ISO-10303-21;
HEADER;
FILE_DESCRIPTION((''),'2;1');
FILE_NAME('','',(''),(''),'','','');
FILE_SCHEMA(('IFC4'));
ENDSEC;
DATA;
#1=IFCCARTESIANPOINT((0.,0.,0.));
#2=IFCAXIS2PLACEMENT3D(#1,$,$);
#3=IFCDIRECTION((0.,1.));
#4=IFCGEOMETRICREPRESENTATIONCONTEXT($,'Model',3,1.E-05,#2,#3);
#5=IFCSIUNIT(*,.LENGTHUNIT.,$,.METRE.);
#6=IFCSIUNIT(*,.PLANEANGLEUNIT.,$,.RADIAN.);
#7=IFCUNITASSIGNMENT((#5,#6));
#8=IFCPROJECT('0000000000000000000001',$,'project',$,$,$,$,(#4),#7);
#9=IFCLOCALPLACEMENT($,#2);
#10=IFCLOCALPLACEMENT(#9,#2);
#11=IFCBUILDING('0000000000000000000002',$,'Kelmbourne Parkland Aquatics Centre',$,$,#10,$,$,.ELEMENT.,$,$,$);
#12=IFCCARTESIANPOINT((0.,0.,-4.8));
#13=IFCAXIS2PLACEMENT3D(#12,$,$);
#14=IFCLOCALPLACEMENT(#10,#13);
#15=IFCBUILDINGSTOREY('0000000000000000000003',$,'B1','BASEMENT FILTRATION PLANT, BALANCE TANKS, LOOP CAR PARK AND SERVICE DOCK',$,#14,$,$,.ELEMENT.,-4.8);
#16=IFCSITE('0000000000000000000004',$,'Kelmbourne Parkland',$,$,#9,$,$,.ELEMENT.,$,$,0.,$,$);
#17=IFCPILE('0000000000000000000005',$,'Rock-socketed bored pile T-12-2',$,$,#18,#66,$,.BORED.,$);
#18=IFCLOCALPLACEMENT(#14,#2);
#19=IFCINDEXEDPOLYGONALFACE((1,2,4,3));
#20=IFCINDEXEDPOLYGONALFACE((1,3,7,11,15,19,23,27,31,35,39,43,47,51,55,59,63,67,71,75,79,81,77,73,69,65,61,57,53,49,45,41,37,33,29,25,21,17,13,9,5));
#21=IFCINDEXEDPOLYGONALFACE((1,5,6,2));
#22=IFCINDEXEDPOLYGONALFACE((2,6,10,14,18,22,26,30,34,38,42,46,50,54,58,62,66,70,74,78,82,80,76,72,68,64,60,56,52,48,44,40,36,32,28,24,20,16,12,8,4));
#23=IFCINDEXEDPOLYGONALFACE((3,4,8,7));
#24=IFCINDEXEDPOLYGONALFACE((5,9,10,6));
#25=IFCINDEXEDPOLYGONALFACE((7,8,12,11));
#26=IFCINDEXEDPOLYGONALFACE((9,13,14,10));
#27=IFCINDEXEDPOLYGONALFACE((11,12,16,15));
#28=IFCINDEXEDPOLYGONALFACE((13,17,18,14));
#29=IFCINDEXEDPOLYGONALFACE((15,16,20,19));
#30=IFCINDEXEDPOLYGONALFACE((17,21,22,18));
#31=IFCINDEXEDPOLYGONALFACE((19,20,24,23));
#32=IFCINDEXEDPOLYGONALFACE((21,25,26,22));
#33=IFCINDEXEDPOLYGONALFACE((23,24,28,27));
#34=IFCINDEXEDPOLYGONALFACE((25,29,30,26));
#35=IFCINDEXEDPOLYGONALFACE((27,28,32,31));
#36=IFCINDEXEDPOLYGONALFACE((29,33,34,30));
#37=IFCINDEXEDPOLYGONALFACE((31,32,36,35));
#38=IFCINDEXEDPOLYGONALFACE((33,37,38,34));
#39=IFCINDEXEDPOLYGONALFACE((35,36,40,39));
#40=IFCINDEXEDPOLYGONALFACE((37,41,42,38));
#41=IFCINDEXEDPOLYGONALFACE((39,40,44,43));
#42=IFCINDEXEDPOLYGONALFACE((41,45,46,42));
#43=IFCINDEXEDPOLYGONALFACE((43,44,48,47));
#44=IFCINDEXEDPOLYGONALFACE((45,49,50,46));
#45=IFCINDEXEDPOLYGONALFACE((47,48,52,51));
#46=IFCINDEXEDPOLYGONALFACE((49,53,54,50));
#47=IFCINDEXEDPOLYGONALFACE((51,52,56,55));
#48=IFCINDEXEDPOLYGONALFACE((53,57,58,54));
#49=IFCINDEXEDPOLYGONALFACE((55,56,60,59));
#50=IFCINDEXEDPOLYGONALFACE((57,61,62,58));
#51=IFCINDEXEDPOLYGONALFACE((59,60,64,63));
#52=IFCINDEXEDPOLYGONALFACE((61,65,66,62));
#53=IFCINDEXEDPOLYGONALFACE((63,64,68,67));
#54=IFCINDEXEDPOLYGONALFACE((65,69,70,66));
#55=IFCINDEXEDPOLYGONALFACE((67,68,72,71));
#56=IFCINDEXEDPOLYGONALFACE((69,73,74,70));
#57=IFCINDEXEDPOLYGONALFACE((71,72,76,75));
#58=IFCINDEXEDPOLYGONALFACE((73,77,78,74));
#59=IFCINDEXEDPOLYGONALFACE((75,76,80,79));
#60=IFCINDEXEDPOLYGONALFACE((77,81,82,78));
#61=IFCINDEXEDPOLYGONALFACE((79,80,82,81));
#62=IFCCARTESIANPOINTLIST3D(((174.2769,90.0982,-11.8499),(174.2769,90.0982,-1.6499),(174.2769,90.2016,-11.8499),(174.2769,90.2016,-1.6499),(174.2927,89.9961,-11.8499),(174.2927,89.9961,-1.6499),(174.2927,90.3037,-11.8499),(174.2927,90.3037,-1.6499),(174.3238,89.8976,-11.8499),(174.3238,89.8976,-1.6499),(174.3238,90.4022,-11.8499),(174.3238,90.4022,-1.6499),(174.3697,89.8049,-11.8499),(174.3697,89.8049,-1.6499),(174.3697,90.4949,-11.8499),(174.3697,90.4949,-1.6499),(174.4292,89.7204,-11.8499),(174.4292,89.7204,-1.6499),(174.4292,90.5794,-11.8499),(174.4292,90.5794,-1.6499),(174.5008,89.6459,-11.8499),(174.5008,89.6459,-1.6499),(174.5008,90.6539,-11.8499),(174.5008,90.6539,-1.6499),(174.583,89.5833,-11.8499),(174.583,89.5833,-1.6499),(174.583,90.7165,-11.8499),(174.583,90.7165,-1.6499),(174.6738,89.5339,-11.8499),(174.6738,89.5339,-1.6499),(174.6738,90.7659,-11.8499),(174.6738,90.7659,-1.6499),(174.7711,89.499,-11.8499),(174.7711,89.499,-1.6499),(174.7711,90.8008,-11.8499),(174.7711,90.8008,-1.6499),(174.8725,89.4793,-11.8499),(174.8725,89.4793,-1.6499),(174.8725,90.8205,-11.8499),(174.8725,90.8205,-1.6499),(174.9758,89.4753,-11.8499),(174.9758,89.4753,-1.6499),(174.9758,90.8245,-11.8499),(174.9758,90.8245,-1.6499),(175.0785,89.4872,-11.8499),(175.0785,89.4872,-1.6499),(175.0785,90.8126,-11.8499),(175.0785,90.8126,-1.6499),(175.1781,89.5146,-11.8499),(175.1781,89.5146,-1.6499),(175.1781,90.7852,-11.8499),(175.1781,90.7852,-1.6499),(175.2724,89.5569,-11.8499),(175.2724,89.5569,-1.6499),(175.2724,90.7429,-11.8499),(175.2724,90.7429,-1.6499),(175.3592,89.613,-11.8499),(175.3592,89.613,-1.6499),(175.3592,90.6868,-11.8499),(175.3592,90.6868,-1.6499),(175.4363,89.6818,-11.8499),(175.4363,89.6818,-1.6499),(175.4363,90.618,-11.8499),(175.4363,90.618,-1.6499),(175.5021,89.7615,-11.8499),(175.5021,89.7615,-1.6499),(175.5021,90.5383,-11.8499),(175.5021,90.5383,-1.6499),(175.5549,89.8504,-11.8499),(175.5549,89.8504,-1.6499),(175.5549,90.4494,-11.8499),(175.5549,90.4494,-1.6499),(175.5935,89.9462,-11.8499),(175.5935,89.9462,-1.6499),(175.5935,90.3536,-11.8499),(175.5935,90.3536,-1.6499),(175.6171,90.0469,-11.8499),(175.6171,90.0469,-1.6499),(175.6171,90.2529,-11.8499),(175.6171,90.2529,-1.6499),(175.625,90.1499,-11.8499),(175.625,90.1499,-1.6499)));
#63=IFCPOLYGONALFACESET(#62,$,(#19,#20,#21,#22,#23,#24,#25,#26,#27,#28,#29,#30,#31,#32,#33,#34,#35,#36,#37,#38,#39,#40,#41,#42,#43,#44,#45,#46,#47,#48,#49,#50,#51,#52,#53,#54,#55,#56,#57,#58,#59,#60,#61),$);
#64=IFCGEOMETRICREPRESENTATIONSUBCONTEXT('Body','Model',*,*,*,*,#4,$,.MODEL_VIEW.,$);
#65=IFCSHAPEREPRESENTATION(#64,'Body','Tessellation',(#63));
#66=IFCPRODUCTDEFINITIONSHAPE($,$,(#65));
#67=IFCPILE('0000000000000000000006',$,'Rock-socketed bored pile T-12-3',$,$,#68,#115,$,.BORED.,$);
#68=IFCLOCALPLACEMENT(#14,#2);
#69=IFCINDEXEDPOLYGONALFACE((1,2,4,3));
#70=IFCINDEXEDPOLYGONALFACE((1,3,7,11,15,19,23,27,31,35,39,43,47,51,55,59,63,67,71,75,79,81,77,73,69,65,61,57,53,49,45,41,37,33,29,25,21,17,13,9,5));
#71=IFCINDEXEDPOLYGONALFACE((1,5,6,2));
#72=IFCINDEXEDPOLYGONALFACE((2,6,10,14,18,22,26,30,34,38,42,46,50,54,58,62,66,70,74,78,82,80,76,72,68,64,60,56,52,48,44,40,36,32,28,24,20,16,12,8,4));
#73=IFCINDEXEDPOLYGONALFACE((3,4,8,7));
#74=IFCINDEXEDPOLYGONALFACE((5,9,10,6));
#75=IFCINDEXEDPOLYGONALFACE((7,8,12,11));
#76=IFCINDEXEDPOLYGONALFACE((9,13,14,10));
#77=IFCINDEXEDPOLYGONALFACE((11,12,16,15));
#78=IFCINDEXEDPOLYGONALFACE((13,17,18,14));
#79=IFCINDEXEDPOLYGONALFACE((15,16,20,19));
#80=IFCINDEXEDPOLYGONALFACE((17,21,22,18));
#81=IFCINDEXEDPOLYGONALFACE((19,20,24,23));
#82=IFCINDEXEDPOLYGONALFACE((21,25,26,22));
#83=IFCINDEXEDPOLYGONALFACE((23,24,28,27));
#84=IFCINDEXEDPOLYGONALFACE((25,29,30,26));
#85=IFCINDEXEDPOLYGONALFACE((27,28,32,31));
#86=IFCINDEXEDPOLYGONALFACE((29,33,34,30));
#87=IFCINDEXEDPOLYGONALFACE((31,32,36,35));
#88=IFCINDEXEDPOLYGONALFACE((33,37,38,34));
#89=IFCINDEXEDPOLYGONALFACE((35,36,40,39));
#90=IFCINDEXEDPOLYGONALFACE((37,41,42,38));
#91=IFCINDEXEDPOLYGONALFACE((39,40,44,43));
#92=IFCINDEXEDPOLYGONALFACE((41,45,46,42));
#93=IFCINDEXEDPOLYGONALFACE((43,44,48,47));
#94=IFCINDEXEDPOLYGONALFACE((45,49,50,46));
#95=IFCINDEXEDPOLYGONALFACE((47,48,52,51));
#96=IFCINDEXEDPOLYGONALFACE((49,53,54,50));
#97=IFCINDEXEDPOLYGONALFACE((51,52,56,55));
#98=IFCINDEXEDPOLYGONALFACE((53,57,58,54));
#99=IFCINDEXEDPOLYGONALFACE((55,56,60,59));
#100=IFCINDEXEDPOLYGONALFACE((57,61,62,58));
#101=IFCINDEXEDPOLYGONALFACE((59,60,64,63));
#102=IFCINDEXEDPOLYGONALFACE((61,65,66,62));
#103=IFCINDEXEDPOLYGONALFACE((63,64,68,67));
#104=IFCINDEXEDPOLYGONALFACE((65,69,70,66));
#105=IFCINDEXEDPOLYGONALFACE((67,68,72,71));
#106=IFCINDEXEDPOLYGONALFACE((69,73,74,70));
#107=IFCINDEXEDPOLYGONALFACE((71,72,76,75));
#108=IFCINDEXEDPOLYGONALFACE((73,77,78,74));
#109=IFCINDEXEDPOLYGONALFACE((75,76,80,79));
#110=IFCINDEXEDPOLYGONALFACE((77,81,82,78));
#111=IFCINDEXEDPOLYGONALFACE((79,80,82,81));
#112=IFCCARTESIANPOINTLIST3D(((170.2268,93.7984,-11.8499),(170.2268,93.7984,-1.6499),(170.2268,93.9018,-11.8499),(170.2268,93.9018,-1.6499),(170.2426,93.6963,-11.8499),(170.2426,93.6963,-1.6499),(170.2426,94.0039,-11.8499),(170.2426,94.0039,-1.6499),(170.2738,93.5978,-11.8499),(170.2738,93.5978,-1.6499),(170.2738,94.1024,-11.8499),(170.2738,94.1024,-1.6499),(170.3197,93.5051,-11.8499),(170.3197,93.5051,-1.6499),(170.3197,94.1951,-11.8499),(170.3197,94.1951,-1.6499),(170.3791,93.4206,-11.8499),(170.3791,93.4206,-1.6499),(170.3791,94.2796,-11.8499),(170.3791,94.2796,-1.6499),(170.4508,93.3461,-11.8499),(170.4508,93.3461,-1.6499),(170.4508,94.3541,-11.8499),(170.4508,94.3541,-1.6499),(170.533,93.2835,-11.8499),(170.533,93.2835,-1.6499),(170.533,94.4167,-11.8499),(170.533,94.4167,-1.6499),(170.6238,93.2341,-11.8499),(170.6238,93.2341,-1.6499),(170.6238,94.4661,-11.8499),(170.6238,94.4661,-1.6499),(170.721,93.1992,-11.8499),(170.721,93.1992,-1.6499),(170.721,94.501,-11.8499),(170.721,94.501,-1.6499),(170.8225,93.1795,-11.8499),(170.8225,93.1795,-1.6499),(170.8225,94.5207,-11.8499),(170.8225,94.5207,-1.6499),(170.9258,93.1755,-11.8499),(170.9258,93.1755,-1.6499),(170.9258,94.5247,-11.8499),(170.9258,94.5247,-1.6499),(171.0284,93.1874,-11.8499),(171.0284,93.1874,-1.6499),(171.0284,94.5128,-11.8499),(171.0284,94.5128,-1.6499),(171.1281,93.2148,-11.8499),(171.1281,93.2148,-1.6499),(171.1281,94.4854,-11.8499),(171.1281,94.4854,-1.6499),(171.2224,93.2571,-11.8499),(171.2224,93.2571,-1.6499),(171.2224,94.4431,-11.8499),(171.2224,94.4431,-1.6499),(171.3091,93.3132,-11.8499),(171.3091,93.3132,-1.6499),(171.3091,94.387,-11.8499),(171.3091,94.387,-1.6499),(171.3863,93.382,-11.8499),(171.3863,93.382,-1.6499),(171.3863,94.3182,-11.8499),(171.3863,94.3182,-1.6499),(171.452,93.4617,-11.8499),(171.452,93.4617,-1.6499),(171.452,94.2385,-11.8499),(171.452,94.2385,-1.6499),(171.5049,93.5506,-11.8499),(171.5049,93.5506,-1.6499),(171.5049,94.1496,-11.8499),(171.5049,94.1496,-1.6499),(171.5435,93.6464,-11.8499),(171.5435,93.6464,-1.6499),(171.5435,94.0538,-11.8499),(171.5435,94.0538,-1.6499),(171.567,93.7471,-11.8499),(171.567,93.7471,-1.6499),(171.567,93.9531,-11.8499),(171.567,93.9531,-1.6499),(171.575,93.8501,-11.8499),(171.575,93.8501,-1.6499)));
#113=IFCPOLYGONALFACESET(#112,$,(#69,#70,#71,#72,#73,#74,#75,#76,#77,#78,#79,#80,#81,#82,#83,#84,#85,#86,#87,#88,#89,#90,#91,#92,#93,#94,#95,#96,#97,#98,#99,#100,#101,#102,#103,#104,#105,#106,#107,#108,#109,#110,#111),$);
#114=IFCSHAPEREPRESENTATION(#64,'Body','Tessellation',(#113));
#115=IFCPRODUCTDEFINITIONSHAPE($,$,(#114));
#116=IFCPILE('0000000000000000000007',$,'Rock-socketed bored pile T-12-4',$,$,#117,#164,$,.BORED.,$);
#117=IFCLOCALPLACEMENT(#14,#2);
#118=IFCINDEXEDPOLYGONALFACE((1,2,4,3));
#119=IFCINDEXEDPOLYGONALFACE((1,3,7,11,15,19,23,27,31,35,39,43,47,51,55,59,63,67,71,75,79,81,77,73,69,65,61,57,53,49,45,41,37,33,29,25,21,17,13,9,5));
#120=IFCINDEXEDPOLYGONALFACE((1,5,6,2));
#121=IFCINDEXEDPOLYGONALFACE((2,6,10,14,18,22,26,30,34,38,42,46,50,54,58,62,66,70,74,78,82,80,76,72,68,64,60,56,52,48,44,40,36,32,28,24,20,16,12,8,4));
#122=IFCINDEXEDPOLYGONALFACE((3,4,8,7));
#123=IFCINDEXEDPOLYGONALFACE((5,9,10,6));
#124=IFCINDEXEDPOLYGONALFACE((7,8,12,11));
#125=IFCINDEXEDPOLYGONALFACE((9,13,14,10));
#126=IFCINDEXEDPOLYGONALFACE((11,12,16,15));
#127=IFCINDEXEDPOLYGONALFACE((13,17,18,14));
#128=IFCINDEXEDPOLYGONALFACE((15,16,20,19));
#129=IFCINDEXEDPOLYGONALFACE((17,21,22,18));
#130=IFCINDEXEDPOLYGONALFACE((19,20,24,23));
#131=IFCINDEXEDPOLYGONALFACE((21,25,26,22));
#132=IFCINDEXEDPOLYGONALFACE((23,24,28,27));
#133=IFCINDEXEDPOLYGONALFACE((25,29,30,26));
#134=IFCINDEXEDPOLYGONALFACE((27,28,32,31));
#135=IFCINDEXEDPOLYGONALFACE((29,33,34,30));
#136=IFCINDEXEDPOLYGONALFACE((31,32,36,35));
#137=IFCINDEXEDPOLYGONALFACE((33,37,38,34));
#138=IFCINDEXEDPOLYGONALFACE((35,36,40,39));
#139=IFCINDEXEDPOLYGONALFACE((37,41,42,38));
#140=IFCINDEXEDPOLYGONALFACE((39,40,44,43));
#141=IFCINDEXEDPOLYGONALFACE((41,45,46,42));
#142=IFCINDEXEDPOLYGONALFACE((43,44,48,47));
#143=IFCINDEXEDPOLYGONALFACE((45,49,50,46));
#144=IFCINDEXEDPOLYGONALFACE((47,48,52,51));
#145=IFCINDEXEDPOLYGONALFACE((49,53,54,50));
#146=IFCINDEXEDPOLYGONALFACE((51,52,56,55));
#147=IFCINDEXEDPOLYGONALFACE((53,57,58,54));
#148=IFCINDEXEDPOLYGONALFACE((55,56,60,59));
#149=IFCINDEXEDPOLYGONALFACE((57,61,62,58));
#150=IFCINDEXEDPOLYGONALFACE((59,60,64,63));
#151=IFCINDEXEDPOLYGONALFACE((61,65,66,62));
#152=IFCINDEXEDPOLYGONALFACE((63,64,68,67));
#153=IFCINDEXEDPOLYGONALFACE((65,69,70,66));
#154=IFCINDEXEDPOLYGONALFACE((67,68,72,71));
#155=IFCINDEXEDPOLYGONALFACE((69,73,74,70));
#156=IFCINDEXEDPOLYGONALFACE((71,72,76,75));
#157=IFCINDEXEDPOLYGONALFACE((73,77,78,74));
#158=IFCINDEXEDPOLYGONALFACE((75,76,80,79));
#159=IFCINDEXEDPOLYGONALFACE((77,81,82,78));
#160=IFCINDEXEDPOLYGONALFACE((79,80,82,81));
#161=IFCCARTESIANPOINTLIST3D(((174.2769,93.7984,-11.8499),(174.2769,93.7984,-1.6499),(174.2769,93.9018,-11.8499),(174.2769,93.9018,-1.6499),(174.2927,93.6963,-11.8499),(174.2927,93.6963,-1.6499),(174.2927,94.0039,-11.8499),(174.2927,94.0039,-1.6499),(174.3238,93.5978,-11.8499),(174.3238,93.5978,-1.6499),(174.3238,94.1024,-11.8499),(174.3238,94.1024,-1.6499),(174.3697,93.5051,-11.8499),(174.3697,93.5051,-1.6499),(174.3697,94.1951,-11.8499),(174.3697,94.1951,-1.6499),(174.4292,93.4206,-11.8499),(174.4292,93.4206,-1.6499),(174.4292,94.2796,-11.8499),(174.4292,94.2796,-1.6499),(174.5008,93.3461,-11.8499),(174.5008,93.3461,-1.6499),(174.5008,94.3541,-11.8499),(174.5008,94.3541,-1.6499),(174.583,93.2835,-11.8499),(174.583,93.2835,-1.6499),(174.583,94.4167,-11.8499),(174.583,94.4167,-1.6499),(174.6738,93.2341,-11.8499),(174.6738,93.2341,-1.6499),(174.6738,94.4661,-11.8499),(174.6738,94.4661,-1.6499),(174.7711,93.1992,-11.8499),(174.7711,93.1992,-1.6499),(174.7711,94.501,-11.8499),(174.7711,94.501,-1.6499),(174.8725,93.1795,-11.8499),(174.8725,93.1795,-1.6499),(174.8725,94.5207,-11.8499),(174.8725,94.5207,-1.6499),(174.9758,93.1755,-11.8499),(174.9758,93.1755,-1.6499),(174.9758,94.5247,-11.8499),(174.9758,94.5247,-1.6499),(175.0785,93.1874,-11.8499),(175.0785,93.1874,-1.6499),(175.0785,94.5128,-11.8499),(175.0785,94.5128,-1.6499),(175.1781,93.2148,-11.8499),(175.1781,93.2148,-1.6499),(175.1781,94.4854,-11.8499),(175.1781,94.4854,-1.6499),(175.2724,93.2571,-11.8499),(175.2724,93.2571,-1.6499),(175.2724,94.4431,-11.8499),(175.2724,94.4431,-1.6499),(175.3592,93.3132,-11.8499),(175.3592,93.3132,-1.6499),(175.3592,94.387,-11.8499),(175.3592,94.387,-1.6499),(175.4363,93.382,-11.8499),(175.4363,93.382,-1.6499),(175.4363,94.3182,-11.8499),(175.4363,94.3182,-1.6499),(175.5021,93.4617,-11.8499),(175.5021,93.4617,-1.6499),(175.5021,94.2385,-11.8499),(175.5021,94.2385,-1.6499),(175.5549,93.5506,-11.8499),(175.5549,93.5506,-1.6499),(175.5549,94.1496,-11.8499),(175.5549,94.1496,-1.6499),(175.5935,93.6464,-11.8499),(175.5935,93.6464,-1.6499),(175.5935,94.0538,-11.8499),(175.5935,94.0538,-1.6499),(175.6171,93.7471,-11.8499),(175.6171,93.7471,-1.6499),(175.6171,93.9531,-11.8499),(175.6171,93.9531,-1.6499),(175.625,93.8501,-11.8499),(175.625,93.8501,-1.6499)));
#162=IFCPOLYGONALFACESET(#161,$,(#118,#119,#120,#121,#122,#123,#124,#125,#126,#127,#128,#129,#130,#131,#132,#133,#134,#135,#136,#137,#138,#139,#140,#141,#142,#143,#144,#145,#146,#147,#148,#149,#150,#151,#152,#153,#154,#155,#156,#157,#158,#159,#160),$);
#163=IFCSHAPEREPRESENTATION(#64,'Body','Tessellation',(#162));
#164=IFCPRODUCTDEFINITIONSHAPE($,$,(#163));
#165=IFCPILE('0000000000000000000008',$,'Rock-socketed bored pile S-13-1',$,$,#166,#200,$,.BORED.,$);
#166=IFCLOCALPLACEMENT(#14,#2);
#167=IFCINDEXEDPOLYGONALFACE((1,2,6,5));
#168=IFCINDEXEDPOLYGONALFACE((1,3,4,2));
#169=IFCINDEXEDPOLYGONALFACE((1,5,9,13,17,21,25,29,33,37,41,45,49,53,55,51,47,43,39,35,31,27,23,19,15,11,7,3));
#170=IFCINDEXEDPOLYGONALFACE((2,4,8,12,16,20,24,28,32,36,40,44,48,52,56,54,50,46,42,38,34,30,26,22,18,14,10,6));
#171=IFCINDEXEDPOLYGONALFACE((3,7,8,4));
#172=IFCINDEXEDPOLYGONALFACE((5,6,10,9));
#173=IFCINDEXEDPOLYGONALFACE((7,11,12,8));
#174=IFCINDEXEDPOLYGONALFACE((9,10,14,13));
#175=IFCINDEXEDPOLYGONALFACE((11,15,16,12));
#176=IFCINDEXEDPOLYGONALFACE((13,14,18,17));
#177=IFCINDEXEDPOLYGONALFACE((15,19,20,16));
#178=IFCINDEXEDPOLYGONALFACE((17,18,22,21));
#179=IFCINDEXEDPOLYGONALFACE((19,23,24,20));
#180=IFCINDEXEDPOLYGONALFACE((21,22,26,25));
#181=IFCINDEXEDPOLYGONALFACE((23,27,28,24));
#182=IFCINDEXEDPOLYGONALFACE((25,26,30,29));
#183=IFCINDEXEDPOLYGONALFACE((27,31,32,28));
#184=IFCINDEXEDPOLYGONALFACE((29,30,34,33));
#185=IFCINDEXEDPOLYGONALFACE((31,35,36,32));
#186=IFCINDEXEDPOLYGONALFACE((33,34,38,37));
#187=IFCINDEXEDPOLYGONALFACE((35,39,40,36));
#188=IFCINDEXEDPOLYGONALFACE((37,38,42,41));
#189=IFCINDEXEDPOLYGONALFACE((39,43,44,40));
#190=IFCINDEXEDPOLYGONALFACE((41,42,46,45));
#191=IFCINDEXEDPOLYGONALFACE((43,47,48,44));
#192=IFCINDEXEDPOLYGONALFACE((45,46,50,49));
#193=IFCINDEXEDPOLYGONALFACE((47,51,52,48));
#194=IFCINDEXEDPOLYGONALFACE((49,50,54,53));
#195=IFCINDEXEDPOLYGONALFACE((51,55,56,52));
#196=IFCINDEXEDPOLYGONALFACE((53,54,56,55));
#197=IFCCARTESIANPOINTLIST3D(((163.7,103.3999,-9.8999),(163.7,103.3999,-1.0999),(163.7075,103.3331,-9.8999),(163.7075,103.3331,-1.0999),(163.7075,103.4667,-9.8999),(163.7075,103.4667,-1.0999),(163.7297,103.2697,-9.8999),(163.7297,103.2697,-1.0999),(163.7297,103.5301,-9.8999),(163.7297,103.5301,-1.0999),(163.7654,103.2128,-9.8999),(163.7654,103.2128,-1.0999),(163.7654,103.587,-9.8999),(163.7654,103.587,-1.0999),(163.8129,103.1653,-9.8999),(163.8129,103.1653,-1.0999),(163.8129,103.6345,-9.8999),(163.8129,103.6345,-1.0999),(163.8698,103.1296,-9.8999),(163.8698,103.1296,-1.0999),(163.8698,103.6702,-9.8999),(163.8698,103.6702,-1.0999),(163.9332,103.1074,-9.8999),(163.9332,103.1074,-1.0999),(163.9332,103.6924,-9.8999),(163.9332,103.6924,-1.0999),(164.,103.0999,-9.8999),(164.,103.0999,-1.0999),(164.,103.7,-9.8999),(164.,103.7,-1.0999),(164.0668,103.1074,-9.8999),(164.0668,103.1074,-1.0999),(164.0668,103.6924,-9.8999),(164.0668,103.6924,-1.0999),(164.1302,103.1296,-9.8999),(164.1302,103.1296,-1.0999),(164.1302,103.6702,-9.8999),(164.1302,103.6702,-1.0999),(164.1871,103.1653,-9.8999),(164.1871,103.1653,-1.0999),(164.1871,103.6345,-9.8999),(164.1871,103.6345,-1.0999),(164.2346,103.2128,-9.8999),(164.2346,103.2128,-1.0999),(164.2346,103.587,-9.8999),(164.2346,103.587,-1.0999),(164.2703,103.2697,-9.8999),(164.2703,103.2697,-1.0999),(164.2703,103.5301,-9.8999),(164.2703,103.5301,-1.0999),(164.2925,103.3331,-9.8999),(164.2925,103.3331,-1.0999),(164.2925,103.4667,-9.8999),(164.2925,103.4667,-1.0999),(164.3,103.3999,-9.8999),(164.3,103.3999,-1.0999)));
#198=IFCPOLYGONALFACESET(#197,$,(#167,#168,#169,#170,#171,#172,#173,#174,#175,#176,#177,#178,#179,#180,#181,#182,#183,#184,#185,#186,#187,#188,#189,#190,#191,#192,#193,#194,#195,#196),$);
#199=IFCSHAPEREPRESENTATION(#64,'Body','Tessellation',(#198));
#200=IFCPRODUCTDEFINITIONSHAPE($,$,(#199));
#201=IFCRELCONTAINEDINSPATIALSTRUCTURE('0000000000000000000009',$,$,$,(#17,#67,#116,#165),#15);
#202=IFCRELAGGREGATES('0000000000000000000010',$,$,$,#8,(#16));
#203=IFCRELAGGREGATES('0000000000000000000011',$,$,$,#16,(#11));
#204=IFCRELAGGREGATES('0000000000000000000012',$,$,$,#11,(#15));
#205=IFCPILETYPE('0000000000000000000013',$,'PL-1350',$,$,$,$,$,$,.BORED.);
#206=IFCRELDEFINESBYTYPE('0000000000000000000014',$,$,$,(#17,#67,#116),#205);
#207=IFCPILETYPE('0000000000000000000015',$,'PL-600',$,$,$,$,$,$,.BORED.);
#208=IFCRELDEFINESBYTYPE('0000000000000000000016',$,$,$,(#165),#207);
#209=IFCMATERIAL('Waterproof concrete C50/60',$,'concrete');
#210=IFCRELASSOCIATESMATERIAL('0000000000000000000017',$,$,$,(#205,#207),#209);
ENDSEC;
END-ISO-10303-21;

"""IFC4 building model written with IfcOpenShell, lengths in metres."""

from ifc_helpers import new_model, si_unit, direction, frame, origin, origin_2d, place, context, subcontext, project, spatial, circle, extrude, material, material_profile, profile_set, type_object, element, save


model = new_model("IFC4")

# Units and contexts
model_context = context("Model", 3, precision=1e-05, world=origin(), true_north=direction((0.0, 1.0)))
body_context = subcontext(model_context, "Body", "Model", "MODEL_VIEW")
ifc_project = project(units=[si_unit("LENGTHUNIT", "METRE"), si_unit("PLANEANGLEUNIT", "RADIAN")], contexts=[model_context])

# Site, building, storey
site_placement = place(None, origin())
site = spatial("IfcSite", under=ifc_project, at=site_placement, Name="Kelmbourne Parkland", CompositionType="ELEMENT", RefElevation=0.0)
building_placement = place(site_placement, origin())
building = spatial("IfcBuilding", under=site, at=building_placement, Name="Kelmbourne Parkland Aquatics Centre", CompositionType="ELEMENT")
storey_placement = place(building_placement, frame((0.0, 0.0, -4.8)))
storey = spatial("IfcBuildingStorey", under=building, at=storey_placement, Name="B1", Description="BASEMENT FILTRATION PLANT, BALANCE TANKS, LOOP CAR PARK AND SERVICE DOCK", CompositionType="ELEMENT", Elevation=-4.8)

# Shared definitions
ifc_material_1 = material(Name="Waterproof concrete C50/60", Category="concrete")

# Piles
ifc_material_profile_1 = material_profile(ifc_material_1, circle(Radius=0.675, at=origin_2d()), Name="PILE D1350")
ifc_profile_set_1 = profile_set([ifc_material_profile_1], Name="Waterproof concrete C50/60")
pile_type_1 = type_object("IfcPileType", Name="PL-1350", PredefinedType="BORED", material=ifc_profile_set_1)
for number, where, z_axis, x_axis, name in (
    (1, (174.95, 90.1499, -1.6499), (0.0, 0.0, -1.0), (1.0, 0.0, 0.0), "Rock-socketed bored pile T-12-2"),
    (2, (170.8999, 93.8501, -1.6499), (0.0, 0.0, -1.0), (1.0, 0.0, 0.0), "Rock-socketed bored pile T-12-3"),
    (3, (174.95, 93.8501, -1.6499), (0.0, 0.0, -1.0), (1.0, 0.0, 0.0), "Rock-socketed bored pile T-12-4"),
):
    element("IfcPile", number, at=place(storey_placement, frame(where, z_axis=z_axis, x_axis=x_axis)), inside=storey, type_object=pile_type_1, Name=name, PredefinedType="BORED", context=body_context, shape_type="SweptSolid", body=[
        extrude(circle(Radius=0.675, at=origin_2d()), origin(), (0.0, 0.0, 1.0), 10.2),
    ])
ifc_material_profile_2 = material_profile(ifc_material_1, circle(Radius=0.3, at=origin_2d()), Name="PILE D600")
ifc_profile_set_2 = profile_set([ifc_material_profile_2], Name="Waterproof concrete C50/60")
pile_type_2 = type_object("IfcPileType", Name="PL-600", PredefinedType="BORED", material=ifc_profile_set_2)
pile_placement = place(storey_placement, frame((164.0, 103.3999, -1.0999), z_axis=(0.0, 0.0, -1.0), x_axis=(1.0, 0.0, 0.0)))
element("IfcPile", 4, at=pile_placement, inside=storey, type_object=pile_type_2, Name="Rock-socketed bored pile S-13-1", PredefinedType="BORED", context=body_context, shape_type="SweptSolid", body=[
    extrude(circle(Radius=0.3, at=origin_2d()), origin(), (0.0, 0.0, 1.0), 8.8),
])

save(model, "model.ifc")
